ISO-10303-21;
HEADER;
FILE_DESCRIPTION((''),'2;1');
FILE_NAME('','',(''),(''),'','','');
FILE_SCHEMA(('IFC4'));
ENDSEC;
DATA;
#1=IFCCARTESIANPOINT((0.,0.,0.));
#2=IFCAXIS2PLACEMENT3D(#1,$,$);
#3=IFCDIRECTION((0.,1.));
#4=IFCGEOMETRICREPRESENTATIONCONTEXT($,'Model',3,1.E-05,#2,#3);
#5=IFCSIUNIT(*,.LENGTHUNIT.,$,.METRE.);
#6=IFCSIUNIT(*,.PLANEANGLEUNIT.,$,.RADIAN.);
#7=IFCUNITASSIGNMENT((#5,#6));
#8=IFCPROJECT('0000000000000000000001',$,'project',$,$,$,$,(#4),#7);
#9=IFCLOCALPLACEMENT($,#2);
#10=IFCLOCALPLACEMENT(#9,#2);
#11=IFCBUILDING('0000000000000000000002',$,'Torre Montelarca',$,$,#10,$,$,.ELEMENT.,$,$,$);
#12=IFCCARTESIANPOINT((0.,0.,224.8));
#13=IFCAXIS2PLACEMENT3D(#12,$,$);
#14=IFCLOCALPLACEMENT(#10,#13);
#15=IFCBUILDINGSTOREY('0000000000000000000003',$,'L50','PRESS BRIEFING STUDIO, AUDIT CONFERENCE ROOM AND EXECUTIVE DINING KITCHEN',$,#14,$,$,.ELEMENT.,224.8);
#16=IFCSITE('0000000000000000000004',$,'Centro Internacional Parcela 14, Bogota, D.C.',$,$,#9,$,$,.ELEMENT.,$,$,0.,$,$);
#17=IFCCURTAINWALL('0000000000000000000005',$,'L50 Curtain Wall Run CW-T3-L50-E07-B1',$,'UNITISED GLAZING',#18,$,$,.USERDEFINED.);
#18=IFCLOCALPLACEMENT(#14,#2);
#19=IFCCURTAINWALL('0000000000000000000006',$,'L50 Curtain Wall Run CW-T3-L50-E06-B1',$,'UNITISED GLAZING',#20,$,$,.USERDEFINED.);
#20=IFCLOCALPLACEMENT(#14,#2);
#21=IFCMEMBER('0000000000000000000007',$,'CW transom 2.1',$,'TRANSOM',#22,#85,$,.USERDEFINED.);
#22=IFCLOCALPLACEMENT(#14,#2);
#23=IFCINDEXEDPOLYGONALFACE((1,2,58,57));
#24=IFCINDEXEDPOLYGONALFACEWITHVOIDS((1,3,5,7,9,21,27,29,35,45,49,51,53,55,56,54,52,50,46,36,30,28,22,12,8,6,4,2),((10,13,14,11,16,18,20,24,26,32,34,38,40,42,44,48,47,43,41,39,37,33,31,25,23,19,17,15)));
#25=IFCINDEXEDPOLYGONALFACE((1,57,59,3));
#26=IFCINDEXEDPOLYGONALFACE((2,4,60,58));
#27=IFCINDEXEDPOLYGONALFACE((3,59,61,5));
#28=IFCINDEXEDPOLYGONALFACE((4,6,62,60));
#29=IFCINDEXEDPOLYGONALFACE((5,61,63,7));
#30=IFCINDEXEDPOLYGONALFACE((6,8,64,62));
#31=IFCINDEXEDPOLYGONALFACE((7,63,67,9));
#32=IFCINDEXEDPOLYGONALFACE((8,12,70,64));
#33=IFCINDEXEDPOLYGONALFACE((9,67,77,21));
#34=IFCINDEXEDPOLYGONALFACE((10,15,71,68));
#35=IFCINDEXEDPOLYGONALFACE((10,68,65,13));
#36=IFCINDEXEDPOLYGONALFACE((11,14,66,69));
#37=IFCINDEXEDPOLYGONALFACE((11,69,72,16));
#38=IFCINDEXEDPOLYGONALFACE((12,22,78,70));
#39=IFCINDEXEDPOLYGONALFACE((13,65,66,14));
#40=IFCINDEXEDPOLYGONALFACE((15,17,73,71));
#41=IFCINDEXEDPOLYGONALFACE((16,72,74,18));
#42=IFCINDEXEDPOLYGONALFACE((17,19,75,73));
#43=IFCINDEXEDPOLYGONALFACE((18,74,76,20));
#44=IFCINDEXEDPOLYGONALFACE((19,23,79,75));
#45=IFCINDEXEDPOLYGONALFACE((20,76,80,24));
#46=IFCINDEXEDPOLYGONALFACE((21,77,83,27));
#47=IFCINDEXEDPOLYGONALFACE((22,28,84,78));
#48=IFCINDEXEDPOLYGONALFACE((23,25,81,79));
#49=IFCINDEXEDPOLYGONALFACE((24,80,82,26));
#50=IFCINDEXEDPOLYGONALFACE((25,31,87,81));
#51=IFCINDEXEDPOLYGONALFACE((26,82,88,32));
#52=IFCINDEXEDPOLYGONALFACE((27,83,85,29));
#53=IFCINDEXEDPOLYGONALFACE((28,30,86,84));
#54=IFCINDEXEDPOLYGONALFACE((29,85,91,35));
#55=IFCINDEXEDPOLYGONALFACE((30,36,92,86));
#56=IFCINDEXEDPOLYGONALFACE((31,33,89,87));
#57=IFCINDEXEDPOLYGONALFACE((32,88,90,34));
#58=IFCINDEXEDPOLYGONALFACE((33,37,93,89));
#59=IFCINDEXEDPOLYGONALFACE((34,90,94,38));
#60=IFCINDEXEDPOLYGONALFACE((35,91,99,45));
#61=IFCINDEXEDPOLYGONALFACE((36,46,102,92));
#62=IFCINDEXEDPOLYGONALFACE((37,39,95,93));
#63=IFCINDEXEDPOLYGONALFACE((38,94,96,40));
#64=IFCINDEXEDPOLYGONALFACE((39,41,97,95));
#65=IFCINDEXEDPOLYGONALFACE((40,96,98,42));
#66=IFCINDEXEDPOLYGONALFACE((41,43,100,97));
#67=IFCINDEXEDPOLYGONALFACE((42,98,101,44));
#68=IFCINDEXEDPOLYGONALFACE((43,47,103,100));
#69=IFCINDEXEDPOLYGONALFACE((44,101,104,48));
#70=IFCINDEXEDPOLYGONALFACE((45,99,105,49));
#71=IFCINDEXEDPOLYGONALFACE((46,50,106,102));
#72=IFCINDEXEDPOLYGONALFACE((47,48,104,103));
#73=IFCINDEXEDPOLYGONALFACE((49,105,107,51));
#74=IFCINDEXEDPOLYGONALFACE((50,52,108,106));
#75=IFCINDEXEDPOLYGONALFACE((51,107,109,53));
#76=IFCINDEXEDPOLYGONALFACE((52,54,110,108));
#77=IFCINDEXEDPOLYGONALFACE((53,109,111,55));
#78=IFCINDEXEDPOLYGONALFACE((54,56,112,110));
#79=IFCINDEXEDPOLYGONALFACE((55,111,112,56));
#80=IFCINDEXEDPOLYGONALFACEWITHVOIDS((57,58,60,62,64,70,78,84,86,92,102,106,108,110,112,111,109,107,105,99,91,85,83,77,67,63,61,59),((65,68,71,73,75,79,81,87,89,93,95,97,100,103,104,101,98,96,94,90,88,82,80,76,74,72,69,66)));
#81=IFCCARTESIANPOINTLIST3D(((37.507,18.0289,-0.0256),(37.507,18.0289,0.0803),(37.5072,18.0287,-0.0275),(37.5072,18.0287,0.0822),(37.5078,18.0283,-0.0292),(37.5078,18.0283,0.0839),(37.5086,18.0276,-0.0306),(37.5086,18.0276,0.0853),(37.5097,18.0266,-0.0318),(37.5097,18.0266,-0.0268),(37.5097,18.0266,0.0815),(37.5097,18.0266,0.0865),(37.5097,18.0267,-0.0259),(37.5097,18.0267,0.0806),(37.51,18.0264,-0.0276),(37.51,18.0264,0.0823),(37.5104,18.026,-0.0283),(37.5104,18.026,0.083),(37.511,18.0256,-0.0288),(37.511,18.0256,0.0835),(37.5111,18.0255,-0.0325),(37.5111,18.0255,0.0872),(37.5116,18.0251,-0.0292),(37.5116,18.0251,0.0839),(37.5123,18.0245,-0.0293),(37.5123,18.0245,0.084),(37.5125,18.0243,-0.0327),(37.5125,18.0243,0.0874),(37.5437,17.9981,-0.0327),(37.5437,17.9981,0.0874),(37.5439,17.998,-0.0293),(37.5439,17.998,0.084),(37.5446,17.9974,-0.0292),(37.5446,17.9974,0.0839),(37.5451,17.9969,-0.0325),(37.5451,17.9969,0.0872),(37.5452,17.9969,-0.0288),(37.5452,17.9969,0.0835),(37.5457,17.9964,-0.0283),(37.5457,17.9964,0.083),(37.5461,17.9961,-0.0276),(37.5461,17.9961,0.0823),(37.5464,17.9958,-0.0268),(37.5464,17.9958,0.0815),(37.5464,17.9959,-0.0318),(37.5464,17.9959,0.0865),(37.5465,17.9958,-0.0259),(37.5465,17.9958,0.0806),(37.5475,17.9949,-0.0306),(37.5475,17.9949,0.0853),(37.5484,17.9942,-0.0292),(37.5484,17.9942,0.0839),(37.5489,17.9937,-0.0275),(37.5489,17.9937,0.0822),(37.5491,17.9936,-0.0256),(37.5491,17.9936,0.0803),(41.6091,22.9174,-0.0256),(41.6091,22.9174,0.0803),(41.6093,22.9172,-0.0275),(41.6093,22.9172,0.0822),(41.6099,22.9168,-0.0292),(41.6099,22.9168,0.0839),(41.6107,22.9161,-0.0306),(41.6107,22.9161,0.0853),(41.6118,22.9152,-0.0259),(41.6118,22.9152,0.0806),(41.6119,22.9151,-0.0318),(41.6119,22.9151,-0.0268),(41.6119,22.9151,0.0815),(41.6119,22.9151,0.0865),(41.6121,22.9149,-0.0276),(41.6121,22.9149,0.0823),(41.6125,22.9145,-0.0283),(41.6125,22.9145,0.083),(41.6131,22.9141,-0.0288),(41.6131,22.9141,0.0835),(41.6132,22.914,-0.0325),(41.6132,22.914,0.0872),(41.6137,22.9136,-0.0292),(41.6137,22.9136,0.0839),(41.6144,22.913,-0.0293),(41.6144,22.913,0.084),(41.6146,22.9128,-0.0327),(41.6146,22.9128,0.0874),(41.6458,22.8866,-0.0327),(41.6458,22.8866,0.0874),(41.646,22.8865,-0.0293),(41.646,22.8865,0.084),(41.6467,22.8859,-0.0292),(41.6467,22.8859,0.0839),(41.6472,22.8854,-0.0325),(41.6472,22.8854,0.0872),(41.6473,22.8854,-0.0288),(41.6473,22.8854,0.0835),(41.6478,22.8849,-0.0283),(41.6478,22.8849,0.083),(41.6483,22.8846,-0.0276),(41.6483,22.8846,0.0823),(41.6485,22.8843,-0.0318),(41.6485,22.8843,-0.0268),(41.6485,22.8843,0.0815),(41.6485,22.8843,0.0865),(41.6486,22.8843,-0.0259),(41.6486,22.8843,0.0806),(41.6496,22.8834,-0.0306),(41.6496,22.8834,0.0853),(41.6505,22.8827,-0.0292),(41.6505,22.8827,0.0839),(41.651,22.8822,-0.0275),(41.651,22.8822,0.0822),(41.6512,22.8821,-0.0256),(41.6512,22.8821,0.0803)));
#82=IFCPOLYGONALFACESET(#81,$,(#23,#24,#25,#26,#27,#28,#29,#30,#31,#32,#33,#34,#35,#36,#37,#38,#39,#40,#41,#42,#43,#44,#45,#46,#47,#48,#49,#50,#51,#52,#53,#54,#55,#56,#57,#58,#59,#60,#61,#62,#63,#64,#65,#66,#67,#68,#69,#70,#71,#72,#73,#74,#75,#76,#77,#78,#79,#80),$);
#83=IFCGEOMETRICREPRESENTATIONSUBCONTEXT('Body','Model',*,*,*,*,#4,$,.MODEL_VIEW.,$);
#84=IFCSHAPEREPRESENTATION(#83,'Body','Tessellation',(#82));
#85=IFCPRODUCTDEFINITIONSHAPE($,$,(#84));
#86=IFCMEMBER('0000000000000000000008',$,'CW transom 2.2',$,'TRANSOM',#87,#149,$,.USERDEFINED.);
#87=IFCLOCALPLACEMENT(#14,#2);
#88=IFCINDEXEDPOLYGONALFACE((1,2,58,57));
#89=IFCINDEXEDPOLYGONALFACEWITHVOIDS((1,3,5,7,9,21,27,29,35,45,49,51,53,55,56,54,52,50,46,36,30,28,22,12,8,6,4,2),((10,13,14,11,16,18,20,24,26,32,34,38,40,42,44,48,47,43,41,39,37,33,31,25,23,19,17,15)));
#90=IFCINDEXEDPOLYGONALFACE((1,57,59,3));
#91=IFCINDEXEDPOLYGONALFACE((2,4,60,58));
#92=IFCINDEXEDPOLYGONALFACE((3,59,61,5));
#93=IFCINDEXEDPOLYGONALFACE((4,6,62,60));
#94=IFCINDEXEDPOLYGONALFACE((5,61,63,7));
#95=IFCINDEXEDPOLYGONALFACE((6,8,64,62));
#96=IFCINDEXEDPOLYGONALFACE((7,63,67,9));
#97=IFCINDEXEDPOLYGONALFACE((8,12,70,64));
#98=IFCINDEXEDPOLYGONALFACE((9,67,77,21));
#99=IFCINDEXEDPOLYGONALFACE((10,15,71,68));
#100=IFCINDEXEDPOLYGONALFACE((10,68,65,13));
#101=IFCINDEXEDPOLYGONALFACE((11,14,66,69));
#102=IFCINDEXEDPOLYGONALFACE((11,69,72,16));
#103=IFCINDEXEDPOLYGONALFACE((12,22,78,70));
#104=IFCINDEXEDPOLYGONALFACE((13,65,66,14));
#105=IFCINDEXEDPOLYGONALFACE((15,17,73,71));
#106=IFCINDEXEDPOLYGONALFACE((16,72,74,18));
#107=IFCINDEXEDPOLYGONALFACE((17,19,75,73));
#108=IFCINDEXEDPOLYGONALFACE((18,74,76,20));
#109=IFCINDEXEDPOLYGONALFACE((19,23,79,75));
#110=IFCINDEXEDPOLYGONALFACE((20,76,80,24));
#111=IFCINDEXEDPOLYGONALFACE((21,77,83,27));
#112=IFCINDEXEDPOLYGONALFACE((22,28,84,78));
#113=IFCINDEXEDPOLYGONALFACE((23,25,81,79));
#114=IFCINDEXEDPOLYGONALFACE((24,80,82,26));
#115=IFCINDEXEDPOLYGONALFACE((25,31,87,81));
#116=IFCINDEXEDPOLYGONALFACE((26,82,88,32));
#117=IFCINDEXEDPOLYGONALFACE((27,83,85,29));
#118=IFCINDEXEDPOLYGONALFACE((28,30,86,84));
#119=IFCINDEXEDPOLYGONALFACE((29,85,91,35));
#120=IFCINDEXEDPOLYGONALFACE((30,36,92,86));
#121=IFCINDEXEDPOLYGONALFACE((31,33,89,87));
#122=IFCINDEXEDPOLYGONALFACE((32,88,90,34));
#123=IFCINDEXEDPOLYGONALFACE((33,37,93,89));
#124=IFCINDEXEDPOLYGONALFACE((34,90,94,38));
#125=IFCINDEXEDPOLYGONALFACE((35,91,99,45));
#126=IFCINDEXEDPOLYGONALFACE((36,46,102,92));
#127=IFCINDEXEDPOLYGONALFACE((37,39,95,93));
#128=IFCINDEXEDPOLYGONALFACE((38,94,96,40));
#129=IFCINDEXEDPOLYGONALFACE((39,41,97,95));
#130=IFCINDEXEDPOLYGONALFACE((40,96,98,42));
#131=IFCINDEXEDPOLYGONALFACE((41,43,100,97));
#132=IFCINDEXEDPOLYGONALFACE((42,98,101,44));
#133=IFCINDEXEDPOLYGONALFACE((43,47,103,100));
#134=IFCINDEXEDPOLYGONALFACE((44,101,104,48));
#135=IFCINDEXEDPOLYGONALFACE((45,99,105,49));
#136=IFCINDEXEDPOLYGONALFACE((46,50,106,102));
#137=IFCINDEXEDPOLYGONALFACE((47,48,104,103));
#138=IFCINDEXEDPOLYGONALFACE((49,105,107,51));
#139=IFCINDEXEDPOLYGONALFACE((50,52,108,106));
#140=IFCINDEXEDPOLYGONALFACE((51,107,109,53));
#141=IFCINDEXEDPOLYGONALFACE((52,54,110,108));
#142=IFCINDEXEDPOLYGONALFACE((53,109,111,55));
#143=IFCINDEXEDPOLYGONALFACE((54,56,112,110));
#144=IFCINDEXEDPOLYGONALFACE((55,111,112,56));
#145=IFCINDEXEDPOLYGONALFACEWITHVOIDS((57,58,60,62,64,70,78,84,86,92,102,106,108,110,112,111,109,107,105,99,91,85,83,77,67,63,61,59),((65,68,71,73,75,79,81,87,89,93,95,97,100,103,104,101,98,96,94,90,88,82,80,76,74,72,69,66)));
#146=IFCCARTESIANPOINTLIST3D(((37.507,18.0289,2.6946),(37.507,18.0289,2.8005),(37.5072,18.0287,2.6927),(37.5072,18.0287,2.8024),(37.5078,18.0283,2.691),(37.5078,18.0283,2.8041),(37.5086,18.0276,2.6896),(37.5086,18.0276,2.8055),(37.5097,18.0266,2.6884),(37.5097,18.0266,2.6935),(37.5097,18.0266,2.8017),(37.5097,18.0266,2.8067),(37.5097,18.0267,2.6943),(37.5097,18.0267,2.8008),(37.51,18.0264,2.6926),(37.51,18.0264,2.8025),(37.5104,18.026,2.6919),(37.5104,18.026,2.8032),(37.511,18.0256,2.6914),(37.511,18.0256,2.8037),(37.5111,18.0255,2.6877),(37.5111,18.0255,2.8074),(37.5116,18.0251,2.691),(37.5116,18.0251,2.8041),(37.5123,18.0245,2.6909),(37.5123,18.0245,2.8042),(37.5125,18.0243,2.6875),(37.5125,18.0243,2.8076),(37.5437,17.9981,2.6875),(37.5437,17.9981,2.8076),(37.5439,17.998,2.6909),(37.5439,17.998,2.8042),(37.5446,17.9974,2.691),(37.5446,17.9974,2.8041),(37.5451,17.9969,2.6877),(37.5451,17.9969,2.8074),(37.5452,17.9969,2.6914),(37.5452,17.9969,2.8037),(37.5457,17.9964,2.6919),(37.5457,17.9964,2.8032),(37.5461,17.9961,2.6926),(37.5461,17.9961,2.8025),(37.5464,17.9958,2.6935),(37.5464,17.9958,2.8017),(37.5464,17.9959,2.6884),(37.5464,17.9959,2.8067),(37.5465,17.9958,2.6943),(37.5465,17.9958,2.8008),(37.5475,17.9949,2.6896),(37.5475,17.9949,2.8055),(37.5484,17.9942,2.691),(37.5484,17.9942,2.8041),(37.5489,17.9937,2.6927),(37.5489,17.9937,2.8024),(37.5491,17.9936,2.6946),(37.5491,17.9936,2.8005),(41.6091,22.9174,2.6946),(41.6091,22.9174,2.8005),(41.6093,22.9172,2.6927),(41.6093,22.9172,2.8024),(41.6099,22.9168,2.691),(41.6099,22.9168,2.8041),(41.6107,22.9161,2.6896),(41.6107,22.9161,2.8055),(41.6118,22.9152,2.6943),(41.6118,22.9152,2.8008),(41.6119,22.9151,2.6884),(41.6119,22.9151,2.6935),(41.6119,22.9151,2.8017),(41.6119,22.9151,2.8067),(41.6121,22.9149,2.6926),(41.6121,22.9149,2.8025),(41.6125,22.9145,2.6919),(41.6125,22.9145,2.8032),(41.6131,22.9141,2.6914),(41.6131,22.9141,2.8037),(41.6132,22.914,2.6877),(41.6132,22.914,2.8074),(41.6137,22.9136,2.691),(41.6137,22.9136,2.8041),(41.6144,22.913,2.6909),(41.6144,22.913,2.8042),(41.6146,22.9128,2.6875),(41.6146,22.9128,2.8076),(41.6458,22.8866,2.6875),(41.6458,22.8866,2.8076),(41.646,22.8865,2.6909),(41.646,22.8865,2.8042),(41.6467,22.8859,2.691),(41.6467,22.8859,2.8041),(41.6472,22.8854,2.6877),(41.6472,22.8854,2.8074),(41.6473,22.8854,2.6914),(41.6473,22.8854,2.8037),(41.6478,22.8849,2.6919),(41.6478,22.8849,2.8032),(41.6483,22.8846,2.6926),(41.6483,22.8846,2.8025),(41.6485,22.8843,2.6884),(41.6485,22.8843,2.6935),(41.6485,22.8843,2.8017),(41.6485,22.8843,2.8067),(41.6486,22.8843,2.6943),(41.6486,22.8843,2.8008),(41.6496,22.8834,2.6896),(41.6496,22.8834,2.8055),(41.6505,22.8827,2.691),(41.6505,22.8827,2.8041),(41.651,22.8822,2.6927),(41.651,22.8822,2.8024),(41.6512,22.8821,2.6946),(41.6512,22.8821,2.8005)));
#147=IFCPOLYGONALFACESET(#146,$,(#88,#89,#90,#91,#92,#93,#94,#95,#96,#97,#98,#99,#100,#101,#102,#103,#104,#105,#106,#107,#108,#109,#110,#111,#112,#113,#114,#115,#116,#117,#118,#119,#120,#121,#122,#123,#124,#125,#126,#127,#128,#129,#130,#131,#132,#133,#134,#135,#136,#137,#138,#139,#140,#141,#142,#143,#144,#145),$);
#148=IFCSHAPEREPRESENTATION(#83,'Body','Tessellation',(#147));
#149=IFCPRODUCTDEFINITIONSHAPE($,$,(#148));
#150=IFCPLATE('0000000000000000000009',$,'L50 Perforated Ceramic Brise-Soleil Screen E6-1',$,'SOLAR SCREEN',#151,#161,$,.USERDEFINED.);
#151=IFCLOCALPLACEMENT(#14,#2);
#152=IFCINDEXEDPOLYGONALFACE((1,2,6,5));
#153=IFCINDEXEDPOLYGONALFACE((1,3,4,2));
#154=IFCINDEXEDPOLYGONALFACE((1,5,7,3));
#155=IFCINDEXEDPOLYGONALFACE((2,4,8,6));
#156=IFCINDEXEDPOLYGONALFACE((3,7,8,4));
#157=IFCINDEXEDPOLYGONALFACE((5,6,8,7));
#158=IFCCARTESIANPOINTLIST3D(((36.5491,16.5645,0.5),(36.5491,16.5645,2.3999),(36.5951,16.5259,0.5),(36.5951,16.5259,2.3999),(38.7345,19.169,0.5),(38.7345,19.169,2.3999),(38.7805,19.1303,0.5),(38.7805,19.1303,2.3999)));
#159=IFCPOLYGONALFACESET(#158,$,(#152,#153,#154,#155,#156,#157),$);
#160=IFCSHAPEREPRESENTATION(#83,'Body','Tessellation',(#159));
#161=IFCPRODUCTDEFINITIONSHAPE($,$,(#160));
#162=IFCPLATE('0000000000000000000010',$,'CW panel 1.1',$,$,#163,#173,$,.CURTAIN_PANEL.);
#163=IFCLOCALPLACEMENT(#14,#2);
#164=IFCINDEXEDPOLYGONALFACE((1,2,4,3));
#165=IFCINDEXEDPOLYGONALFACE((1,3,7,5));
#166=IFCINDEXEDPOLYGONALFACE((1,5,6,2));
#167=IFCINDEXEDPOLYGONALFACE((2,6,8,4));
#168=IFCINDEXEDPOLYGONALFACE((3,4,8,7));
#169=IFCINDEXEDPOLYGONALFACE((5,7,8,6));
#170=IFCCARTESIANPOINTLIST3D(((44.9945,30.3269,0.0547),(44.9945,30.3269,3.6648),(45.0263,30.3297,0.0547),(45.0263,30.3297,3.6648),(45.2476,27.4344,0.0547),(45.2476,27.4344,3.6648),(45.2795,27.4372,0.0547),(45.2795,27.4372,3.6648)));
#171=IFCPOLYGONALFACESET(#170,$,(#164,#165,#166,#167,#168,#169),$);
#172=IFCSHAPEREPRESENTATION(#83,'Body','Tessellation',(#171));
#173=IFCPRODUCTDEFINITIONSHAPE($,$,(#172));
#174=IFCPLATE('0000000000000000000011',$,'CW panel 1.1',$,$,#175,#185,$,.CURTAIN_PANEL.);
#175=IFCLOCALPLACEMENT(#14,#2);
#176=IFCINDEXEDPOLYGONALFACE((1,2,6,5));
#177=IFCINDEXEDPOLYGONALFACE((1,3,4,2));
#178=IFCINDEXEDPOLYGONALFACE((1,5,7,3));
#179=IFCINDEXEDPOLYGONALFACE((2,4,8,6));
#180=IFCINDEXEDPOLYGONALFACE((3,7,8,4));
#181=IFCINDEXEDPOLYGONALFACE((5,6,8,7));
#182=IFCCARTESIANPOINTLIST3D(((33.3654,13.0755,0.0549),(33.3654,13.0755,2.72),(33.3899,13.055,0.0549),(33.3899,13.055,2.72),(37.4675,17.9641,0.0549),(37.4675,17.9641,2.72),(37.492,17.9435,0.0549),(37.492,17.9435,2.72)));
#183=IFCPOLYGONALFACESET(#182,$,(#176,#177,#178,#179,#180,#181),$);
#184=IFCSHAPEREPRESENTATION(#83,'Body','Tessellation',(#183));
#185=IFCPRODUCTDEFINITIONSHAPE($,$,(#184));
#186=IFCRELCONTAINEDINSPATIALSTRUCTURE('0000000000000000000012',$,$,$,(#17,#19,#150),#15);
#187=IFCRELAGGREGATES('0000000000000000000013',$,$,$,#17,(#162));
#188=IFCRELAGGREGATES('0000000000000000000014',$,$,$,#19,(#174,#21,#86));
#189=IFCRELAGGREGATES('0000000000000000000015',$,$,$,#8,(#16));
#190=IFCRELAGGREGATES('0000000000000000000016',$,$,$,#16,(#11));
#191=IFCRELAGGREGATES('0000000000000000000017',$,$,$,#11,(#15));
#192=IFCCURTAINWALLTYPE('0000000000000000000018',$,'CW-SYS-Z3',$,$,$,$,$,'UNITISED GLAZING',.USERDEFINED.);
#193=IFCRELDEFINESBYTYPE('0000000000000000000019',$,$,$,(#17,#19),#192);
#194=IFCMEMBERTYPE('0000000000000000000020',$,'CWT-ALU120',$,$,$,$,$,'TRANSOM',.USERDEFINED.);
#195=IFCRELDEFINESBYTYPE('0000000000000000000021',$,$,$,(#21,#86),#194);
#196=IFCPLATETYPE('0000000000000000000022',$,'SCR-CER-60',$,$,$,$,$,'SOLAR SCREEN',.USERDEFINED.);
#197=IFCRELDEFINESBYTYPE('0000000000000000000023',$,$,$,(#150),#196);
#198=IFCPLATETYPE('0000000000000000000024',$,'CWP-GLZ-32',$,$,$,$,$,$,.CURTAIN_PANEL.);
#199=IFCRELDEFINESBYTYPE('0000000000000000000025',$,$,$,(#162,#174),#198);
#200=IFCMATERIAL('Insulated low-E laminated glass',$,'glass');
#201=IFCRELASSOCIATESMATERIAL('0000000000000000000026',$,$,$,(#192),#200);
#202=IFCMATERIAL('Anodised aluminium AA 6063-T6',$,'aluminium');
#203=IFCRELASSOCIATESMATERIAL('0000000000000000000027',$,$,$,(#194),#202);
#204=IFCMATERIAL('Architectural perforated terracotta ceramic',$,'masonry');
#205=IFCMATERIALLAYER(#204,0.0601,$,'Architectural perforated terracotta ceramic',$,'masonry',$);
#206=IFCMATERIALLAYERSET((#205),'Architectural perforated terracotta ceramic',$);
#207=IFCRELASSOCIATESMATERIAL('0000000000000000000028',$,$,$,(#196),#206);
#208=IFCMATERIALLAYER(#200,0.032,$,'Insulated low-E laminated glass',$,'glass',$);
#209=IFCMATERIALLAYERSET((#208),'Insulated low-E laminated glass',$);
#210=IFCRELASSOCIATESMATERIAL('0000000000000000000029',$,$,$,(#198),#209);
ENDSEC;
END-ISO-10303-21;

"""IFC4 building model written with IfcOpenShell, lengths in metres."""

from ifc_helpers import new_model, si_unit, direction, frame, origin, origin_2d, place, context, subcontext, project, spatial, rectangle, hollow_rectangle, extrude, source, transform, mapped, material, layer, layer_set, material_profile, profile_set, type_object, element, aggregate, save


model = new_model("IFC4")

# Units and contexts
model_context = context("Model", 3, precision=1e-05, world=origin(), true_north=direction((0.0, 1.0)))
body_context = subcontext(model_context, "Body", "Model", "MODEL_VIEW")
ifc_project = project(units=[si_unit("LENGTHUNIT", "METRE"), si_unit("PLANEANGLEUNIT", "RADIAN")], contexts=[model_context])

# Site, building, storey
site_placement = place(None, origin())
site = spatial("IfcSite", under=ifc_project, at=site_placement, Name="Centro Internacional Parcela 14, Bogota, D.C.", CompositionType="ELEMENT", RefElevation=0.0)
building_placement = place(site_placement, origin())
building = spatial("IfcBuilding", under=site, at=building_placement, Name="Torre Montelarca", CompositionType="ELEMENT")
storey_placement = place(building_placement, frame((0.0, 0.0, 224.8)))
storey = spatial("IfcBuildingStorey", under=building, at=storey_placement, Name="L50", Description="PRESS BRIEFING STUDIO, AUDIT CONFERENCE ROOM AND EXECUTIVE DINING KITCHEN", CompositionType="ELEMENT", Elevation=224.8)

# Curtain walls, members
ifc_material_1 = material(Name="Insulated low-E laminated glass", Category="glass")
curtain_wall_type = type_object("IfcCurtainWallType", Name="CW-SYS-Z3", ElementType="UNITISED GLAZING", PredefinedType="USERDEFINED", material=ifc_material_1)
curtain_wall_1_placement = place(storey_placement, origin())
curtain_wall_1 = element("IfcCurtainWall", 1, at=curtain_wall_1_placement, inside=storey, type_object=curtain_wall_type, Name="L50 Curtain Wall Run CW-T3-L50-E07-B1", ObjectType="UNITISED GLAZING", PredefinedType="USERDEFINED")
ifc_material_2 = material(Name="Anodised aluminium AA 6063-T6", Category="aluminium")
ifc_material_profile_1 = material_profile(ifc_material_2, hollow_rectangle(XDim=0.0549, YDim=0.1201, WallThickness=0.0034, InnerFilletRadius=0.0034, OuterFilletRadius=0.0071, at=origin_2d()), Name="ALU55X120X3.5", Category="aluminium")
ifc_profile_set_1 = profile_set([ifc_material_profile_1], Name="Anodised aluminium AA 6063-T6")
member_type_1 = type_object("IfcMemberType", Name="CWT-ALU120", ElementType="TRANSOM", PredefinedType="USERDEFINED", material=ifc_profile_set_1)
curtain_wall_2_placement = place(storey_placement, origin())
curtain_wall_2 = element("IfcCurtainWall", 2, at=curtain_wall_2_placement, inside=storey, type_object=curtain_wall_type, Name="L50 Curtain Wall Run CW-T3-L50-E06-B1", ObjectType="UNITISED GLAZING", PredefinedType="USERDEFINED")
shared_shape_1 = source(origin(), body_context, "Body", "SweptSolid", [
    extrude(hollow_rectangle(XDim=0.0549, YDim=0.1201, WallThickness=0.0034, InnerFilletRadius=0.0034, OuterFilletRadius=0.0071, at=origin_2d()), origin(), (0.0, 0.0, 1.0), 6.3816),
])
member_1_placement = place(storey_placement, frame((37.5281, 18.0112, 0.0273), z_axis=(0.642804, 0.766031, 0.0), x_axis=(-0.766031, 0.642804, 0.0)))
member_1 = element("IfcMember", 3, at=member_1_placement, type_object=member_type_1, Name="CW transom 2.1", ObjectType="TRANSOM", PredefinedType="USERDEFINED", context=body_context, shape_type="MappedRepresentation", body=[
    mapped(shared_shape_1, transform((0.0, 0.0, 0.0), scale=1.0)),
])
member_2_placement = place(storey_placement, frame((37.5281, 18.0112, 2.7476), z_axis=(0.642804, 0.766031, 0.0), x_axis=(-0.766031, 0.642804, 0.0)))
member_2 = element("IfcMember", 4, at=member_2_placement, type_object=member_type_1, Name="CW transom 2.2", ObjectType="TRANSOM", PredefinedType="USERDEFINED", context=body_context, shape_type="MappedRepresentation", body=[
    mapped(shared_shape_1, transform((0.0, 0.0, 0.0), scale=1.0)),
])

# Plates
ifc_material_3 = material(Name="Architectural perforated terracotta ceramic", Category="masonry")
ifc_layer_1 = layer(ifc_material_3, 0.0601, Name="Architectural perforated terracotta ceramic", Category="masonry")
ifc_layer_set_1 = layer_set([ifc_layer_1], Name="Architectural perforated terracotta ceramic")
plate_type_1 = type_object("IfcPlateType", Name="SCR-CER-60", ElementType="SOLAR SCREEN", PredefinedType="USERDEFINED", material=ifc_layer_set_1)
shared_shape_2 = source(origin(), body_context, "Body", "SweptSolid", [
    extrude(rectangle(XDim=3.3999, YDim=0.0601, at=origin_2d()), origin(), (0.0, 0.0, 1.0), 1.8999),
])
plate_1_placement = place(storey_placement, frame((37.6648, 17.8474, 0.5), z_axis=(0.0, 0.0, 1.0), x_axis=(0.642786, 0.766046, 0.0)))
element("IfcPlate", 5, at=plate_1_placement, inside=storey, type_object=plate_type_1, Name="L50 Perforated Ceramic Brise-Soleil Screen E6-1", ObjectType="SOLAR SCREEN", PredefinedType="USERDEFINED", context=body_context, shape_type="MappedRepresentation", body=[
    mapped(shared_shape_2, transform((0.0, 0.0, 0.0), scale=1.0)),
])
ifc_layer_2 = layer(ifc_material_1, 0.032, Name="Insulated low-E laminated glass", Category="glass")
ifc_layer_set_2 = layer_set([ifc_layer_2], Name="Insulated low-E laminated glass")
plate_type_2 = type_object("IfcPlateType", Name="CWP-GLZ-32", PredefinedType="CURTAIN_PANEL", material=ifc_layer_set_2)
shared_shape_3 = source(origin(), body_context, "Body", "SweptSolid", [
    extrude(rectangle(XDim=2.9036, YDim=0.032, at=origin_2d()), origin(), (0.0, 0.0, 1.0), 3.6101),
])
plate_2_placement = place(storey_placement, frame((45.137, 28.8821, 0.0547), z_axis=(0.0, 0.0, 1.0), x_axis=(-0.087183, 0.996192, 0.0)))
plate_2 = element("IfcPlate", 6, at=plate_2_placement, type_object=plate_type_2, Name="CW panel 1.1", PredefinedType="CURTAIN_PANEL", context=body_context, shape_type="MappedRepresentation", body=[
    mapped(shared_shape_3, transform((0.0, 0.0, 0.0), scale=1.0)),
])
aggregate(curtain_wall_1, [plate_2])
shared_shape_4 = source(origin(), body_context, "Body", "SweptSolid", [
    extrude(rectangle(XDim=6.3816, YDim=0.032, at=origin_2d()), origin(), (0.0, 0.0, 1.0), 2.665),
])
plate_3_placement = place(storey_placement, frame((35.4287, 15.5095, 0.0549), z_axis=(0.0, 0.0, 1.0), x_axis=(0.642791, 0.766041, 0.0)))
plate_3 = element("IfcPlate", 7, at=plate_3_placement, type_object=plate_type_2, Name="CW panel 1.1", PredefinedType="CURTAIN_PANEL", context=body_context, shape_type="MappedRepresentation", body=[
    mapped(shared_shape_4, transform((0.0, 0.0, 0.0), scale=1.0)),
])
aggregate(curtain_wall_2, [plate_3, member_1, member_2])

save(model, "model.ifc")
